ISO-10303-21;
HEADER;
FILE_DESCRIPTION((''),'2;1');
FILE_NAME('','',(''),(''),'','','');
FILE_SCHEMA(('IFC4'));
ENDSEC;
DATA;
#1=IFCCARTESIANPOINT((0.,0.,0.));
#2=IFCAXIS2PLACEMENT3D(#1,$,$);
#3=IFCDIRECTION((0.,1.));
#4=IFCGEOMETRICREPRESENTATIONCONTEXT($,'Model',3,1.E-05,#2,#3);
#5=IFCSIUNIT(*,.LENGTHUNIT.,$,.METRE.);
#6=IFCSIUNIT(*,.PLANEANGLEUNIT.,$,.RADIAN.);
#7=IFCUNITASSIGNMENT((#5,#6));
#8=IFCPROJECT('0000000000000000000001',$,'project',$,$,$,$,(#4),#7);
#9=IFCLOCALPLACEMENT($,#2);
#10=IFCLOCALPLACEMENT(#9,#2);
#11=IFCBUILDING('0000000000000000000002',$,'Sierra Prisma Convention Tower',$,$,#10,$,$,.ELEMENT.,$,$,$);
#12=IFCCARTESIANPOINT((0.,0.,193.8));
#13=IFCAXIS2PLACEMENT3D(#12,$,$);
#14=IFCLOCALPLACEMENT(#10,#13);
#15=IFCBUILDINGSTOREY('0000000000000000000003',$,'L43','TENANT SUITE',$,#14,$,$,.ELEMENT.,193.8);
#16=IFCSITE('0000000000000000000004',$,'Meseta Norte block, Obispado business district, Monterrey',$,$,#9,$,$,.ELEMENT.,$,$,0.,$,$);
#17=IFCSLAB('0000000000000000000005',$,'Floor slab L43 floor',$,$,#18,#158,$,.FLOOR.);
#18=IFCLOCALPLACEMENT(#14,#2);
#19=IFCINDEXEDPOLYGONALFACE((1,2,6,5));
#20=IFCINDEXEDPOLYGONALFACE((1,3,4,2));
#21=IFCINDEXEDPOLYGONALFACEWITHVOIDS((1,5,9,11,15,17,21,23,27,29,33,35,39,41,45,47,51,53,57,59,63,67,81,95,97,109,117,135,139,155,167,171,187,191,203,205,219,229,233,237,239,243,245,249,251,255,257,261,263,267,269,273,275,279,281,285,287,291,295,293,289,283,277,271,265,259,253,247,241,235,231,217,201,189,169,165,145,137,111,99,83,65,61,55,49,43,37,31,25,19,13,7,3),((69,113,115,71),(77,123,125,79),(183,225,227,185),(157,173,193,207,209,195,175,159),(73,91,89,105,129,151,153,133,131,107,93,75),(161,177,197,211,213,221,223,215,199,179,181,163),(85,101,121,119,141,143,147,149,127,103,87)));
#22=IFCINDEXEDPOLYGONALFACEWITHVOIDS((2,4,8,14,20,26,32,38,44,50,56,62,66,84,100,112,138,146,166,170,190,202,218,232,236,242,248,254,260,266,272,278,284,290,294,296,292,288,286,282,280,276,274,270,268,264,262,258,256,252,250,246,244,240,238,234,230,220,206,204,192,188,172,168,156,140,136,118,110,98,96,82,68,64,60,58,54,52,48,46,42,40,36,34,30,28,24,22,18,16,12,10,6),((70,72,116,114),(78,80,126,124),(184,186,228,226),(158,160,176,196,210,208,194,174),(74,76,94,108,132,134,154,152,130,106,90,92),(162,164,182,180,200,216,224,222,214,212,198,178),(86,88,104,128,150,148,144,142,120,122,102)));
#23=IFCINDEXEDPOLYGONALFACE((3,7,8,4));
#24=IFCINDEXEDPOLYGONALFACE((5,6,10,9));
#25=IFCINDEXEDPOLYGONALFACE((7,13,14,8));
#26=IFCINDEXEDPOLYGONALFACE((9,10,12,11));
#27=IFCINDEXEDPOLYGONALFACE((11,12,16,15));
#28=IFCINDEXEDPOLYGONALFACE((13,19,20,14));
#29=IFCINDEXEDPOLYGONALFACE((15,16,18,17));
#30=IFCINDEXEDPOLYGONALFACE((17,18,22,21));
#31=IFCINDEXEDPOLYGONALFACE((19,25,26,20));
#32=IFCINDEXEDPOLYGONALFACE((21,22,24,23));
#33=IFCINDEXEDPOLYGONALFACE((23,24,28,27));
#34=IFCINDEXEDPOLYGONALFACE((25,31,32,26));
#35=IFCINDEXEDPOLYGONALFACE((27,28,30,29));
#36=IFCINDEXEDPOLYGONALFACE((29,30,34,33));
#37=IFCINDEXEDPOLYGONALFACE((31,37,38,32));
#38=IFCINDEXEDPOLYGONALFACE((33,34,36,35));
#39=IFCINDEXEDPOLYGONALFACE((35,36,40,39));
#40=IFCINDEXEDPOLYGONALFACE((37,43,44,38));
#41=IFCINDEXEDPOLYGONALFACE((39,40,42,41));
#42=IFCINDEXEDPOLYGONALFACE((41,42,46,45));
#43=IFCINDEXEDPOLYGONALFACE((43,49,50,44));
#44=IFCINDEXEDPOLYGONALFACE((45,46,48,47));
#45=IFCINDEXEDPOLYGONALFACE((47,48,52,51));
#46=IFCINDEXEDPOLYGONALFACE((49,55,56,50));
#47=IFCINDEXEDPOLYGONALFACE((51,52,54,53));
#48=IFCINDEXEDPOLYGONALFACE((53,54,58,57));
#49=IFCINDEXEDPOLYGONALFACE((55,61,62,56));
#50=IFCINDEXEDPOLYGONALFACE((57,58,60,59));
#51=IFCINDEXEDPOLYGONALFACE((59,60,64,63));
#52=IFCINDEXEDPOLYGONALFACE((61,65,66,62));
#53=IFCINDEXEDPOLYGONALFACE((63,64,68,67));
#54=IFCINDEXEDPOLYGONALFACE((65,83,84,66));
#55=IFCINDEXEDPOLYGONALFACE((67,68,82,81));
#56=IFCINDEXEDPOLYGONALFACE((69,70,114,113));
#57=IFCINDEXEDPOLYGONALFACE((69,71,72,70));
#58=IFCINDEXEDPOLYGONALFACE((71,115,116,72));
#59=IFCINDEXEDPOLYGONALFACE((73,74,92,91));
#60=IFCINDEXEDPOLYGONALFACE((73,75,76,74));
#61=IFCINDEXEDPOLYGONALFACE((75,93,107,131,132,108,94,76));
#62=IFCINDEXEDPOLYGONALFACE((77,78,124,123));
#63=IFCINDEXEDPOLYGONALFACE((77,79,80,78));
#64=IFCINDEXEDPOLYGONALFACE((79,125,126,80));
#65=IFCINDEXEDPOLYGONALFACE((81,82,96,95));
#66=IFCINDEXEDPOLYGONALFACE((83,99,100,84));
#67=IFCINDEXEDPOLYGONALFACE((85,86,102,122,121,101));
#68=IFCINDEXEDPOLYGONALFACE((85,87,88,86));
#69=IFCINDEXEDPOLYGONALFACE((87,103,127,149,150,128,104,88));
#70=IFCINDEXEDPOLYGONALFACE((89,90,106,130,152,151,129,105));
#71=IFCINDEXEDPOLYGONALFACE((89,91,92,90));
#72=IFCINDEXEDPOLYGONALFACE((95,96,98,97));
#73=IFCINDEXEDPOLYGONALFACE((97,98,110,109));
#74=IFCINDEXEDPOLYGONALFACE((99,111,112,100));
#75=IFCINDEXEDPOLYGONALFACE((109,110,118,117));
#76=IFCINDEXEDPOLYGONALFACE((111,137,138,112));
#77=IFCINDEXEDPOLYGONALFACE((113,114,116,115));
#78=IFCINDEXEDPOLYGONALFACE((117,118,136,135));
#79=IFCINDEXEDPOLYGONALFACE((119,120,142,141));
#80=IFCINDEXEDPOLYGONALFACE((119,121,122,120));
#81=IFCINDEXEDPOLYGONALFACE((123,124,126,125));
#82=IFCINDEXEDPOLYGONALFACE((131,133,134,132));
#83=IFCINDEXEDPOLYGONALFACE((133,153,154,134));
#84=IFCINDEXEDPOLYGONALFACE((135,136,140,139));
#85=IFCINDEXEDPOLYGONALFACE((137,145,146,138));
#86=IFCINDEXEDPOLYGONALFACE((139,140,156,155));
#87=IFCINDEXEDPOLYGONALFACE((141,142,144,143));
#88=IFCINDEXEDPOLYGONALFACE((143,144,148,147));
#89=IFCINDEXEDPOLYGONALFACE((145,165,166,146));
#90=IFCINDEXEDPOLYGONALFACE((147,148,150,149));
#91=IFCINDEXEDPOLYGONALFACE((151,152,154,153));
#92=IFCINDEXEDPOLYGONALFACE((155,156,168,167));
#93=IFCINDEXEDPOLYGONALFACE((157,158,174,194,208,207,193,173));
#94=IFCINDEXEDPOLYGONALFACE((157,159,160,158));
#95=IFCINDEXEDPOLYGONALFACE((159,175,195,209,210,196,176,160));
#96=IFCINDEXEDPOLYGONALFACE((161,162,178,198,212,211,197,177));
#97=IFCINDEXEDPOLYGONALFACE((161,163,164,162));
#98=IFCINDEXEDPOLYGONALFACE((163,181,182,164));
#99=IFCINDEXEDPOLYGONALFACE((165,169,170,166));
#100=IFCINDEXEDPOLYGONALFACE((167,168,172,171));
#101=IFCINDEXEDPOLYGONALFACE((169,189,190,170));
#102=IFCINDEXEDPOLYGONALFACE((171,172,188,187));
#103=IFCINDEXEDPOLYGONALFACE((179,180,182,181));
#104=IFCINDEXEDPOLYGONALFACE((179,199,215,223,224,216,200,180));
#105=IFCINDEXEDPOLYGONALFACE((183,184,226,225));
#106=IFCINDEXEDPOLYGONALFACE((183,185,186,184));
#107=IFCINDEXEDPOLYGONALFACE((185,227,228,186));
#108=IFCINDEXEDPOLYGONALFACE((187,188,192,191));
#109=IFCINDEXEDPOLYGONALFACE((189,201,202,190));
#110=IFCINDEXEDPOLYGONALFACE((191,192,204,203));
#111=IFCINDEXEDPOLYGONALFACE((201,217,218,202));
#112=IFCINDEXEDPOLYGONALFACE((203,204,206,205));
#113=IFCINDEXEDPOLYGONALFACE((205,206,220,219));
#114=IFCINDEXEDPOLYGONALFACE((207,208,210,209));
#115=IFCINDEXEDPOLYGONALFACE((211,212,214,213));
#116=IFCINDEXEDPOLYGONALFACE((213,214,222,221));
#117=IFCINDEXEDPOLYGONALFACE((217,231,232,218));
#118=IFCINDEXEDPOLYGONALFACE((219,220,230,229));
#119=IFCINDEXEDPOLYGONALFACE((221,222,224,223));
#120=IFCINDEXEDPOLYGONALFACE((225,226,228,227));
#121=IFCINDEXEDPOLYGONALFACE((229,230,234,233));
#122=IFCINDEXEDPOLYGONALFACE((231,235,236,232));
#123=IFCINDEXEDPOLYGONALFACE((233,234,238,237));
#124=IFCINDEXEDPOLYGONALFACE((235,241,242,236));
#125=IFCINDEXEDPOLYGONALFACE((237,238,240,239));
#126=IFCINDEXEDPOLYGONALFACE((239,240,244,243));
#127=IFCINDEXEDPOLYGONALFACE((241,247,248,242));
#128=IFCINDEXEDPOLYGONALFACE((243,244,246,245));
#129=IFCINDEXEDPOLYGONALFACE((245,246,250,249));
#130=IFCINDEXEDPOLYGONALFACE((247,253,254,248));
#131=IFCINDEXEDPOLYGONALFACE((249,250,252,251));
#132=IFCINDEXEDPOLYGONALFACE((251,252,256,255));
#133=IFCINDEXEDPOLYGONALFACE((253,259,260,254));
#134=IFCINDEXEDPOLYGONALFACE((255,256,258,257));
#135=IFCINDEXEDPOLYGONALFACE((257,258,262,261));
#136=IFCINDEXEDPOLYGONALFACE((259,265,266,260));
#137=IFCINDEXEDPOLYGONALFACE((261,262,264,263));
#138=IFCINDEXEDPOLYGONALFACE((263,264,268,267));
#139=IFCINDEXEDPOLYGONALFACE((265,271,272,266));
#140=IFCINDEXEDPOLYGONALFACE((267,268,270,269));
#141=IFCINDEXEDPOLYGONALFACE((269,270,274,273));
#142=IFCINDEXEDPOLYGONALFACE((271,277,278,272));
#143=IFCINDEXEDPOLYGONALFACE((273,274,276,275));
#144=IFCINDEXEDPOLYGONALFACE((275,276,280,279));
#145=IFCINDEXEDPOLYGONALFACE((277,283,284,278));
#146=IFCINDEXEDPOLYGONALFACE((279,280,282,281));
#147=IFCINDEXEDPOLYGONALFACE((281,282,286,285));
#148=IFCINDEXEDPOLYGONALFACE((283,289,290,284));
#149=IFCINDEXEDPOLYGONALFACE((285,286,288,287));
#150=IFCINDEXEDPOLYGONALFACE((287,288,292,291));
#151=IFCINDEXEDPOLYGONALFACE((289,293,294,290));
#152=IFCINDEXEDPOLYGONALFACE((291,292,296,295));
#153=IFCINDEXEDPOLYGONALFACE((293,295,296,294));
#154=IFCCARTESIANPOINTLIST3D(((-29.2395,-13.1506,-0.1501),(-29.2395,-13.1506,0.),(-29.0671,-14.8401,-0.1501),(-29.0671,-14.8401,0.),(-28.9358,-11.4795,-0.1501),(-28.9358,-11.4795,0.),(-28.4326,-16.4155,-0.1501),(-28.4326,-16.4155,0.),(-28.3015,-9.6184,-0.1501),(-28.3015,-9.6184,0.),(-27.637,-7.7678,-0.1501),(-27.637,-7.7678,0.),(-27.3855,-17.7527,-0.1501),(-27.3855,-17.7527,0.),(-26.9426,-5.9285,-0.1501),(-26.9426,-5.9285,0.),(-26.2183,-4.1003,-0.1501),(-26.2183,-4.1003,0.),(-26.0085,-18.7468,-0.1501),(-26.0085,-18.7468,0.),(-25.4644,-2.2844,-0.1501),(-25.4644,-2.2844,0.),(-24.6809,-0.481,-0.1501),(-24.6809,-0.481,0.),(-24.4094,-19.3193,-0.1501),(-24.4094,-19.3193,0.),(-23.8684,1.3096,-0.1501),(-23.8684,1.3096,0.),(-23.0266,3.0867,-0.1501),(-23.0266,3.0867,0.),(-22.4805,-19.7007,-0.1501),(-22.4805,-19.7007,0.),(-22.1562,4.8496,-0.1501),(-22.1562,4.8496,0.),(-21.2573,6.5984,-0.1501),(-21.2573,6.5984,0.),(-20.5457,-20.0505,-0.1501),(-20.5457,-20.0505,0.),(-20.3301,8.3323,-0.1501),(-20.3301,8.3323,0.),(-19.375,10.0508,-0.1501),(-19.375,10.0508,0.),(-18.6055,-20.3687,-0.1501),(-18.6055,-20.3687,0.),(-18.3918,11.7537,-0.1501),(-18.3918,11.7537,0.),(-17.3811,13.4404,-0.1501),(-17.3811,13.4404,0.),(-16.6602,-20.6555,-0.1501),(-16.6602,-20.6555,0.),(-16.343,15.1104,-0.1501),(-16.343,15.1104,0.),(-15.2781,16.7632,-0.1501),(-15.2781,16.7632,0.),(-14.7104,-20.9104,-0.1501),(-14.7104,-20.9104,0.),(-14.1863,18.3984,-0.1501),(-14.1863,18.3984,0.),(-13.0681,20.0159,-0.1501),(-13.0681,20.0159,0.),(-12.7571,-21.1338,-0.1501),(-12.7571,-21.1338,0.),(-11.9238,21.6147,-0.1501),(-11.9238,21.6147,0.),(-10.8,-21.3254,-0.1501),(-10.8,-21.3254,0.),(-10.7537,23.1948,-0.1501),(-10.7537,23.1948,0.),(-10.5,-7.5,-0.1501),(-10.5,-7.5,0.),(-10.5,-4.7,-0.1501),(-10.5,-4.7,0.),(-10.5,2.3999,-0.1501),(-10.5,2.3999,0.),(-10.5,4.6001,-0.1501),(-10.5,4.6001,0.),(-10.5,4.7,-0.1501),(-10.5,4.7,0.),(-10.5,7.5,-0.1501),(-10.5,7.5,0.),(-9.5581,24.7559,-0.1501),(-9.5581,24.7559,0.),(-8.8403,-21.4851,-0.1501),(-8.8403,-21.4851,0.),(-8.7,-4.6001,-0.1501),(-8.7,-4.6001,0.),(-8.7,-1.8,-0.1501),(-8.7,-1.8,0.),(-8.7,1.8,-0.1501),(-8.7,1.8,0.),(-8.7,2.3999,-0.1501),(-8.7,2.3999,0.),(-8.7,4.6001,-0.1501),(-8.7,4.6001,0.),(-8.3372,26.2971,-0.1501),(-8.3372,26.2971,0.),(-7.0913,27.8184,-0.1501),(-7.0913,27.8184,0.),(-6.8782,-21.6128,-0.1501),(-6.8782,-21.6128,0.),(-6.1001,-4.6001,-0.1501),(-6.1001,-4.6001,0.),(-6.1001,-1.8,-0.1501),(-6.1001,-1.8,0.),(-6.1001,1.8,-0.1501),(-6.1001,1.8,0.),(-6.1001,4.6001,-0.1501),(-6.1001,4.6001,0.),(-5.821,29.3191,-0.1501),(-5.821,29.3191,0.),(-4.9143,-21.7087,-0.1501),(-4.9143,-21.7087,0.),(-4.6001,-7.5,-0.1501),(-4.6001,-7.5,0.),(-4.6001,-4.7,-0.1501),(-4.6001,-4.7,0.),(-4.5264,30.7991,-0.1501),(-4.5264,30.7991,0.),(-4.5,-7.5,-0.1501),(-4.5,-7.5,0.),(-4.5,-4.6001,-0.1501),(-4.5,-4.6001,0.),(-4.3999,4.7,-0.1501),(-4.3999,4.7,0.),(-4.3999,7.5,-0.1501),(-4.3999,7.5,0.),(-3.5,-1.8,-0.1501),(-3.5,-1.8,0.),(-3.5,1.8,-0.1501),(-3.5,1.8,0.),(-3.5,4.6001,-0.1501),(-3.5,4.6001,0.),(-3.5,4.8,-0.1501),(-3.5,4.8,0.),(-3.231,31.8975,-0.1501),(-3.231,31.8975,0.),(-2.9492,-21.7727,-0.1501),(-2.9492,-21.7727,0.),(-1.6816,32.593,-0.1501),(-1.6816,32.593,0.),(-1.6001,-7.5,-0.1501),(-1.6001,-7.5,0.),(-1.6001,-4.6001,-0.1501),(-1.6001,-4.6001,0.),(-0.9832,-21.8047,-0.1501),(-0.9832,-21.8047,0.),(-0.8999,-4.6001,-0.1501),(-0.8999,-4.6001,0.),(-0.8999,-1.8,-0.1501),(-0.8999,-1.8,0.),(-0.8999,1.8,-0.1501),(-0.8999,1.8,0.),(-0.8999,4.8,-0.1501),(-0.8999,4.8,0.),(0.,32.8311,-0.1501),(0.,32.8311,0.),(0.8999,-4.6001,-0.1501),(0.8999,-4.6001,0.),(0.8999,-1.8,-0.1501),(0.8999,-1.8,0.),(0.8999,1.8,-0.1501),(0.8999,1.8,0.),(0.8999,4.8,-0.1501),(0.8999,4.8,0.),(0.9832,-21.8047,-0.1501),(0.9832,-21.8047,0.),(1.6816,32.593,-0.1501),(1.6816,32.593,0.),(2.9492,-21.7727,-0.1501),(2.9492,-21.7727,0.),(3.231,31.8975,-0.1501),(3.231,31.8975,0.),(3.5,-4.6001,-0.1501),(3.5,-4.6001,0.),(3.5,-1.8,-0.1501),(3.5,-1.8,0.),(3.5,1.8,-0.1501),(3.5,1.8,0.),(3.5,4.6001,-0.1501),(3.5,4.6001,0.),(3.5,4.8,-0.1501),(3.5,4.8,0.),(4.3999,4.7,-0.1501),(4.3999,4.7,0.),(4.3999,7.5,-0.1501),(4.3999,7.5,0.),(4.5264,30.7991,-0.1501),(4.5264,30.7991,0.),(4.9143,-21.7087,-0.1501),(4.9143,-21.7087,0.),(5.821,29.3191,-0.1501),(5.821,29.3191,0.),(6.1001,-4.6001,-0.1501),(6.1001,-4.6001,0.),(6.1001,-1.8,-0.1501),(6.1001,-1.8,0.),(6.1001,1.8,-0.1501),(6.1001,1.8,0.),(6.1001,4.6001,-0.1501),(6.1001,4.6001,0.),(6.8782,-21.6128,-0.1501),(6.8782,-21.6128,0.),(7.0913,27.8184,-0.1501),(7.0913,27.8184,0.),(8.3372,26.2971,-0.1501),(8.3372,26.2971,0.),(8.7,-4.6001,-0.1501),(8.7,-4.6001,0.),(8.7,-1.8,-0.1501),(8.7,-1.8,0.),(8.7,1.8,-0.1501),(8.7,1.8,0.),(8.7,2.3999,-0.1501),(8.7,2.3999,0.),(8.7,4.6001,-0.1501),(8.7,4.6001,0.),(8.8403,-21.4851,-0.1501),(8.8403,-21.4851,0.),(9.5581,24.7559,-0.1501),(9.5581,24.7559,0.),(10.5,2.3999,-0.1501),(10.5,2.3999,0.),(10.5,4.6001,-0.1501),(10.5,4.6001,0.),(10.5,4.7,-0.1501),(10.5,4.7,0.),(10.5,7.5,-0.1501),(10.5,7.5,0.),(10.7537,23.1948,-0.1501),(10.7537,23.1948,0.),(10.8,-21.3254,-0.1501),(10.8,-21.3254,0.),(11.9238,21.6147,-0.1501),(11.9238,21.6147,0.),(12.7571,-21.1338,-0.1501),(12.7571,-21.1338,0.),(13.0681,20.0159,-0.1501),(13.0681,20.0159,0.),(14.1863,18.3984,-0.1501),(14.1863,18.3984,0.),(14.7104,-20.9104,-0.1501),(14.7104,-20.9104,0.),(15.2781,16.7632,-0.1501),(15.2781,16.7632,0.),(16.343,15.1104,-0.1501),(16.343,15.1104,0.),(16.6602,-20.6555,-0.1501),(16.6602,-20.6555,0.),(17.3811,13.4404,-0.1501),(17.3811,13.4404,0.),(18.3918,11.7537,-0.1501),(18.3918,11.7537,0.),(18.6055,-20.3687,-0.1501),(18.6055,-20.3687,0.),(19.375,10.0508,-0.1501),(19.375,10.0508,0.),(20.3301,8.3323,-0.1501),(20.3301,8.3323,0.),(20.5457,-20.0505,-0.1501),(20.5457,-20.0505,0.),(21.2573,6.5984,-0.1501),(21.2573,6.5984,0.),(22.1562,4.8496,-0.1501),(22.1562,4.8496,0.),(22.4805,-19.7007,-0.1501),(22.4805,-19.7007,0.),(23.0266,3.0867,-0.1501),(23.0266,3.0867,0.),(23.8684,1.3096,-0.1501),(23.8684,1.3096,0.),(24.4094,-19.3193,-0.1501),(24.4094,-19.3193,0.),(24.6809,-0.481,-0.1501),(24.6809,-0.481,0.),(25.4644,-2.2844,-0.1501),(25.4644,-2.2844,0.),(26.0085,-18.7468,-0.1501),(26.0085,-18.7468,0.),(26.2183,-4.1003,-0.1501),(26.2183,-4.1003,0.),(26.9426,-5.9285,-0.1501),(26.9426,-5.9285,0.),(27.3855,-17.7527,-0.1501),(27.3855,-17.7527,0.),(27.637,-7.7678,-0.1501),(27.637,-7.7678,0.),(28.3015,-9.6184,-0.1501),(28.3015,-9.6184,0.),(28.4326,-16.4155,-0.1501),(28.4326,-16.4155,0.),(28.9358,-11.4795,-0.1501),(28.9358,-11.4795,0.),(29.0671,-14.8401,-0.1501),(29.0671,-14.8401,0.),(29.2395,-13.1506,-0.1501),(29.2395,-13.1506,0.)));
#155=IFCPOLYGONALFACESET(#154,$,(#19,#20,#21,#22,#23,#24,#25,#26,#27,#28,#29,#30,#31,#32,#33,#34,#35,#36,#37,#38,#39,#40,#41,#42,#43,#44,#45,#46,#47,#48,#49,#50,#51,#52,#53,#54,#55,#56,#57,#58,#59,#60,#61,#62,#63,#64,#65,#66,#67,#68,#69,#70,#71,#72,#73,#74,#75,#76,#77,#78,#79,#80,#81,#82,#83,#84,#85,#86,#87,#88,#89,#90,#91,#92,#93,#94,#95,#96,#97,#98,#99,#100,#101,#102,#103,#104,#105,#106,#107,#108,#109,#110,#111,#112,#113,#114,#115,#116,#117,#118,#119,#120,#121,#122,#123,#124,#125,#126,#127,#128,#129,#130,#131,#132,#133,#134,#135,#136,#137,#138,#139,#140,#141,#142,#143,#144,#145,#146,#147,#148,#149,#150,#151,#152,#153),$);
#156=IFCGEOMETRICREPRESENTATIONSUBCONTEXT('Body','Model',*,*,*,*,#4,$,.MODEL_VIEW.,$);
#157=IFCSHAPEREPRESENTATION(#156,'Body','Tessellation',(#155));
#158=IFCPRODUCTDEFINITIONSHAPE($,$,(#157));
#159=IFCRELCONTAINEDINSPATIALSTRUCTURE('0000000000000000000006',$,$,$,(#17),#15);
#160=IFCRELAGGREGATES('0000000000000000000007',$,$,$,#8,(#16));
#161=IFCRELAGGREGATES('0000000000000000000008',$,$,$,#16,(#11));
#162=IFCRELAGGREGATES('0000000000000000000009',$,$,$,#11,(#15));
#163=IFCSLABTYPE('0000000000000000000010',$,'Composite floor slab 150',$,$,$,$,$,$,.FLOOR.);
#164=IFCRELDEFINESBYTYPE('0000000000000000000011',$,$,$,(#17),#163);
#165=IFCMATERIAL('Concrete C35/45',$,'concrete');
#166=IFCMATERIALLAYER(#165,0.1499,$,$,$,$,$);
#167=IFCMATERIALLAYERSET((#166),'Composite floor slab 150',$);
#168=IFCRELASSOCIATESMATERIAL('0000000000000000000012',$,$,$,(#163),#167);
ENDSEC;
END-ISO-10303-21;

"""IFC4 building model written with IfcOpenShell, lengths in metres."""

from ifc_helpers import new_model, si_unit, direction, frame, origin, place, context, subcontext, project, spatial, polyline, outline, extrude, material, layer, layer_set, type_object, element, save


model = new_model("IFC4")

# Units and contexts
model_context = context("Model", 3, precision=1e-05, world=origin(), true_north=direction((0.0, 1.0)))
body_context = subcontext(model_context, "Body", "Model", "MODEL_VIEW")
ifc_project = project(units=[si_unit("LENGTHUNIT", "METRE"), si_unit("PLANEANGLEUNIT", "RADIAN")], contexts=[model_context])

# Site, building, storey
site_placement = place(None, origin())
site = spatial("IfcSite", under=ifc_project, at=site_placement, Name="Meseta Norte block, Obispado business district, Monterrey", CompositionType="ELEMENT", RefElevation=0.0)
building_placement = place(site_placement, origin())
building = spatial("IfcBuilding", under=site, at=building_placement, Name="Sierra Prisma Convention Tower", CompositionType="ELEMENT")
storey_placement = place(building_placement, frame((0.0, 0.0, 193.8)))
storey = spatial("IfcBuildingStorey", under=building, at=storey_placement, Name="L43", Description="TENANT SUITE", CompositionType="ELEMENT", Elevation=193.8)

# Slab
ifc_material_1 = material(Name="Concrete C35/45", Category="concrete")
ifc_layer_1 = layer(ifc_material_1, 0.1499)
ifc_layer_set_1 = layer_set([ifc_layer_1], Name="Composite floor slab 150")
slab_type = type_object("IfcSlabType", Name="Composite floor slab 150", PredefinedType="FLOOR", material=ifc_layer_set_1)
slab_placement = place(storey_placement, frame((0.0, 0.0, -0.1501)))
element("IfcSlab", 1, at=slab_placement, inside=storey, type_object=slab_type, Name="Floor slab L43 floor", PredefinedType="FLOOR", context=body_context, shape_type="SweptSolid", body=[
    extrude(outline(polyline([(-24.4094, -19.3193), (-22.4805, -19.7007), (-20.5457, -20.0505), (-18.6055, -20.3687), (-16.6602, -20.6555), (-14.7104, -20.9104), (-12.7571, -21.1338), (-10.8, -21.3254), (-8.8403, -21.4851), (-6.8782, -21.6128), (-4.9143, -21.7087), (-2.9492, -21.7727), (-0.9832, -21.8047), (0.9832, -21.8047), (2.9492, -21.7727), (4.9143, -21.7087), (6.8782, -21.6128), (8.8403, -21.4851), (10.8, -21.3254), (12.7571, -21.1338), (14.7104, -20.9104), (16.6602, -20.6555), (18.6055, -20.3687), (20.5457, -20.0505), (22.4805, -19.7007), (24.4094, -19.3193), (26.0085, -18.7468), (27.3855, -17.7527), (28.4326, -16.4155), (29.0671, -14.8401), (29.2395, -13.1506), (28.9358, -11.4795), (28.3015, -9.6184), (27.637, -7.7678), (26.9426, -5.9285), (26.2183, -4.1003), (25.4644, -2.2844), (24.6809, -0.481), (23.8684, 1.3096), (23.0266, 3.0867), (22.1562, 4.8496), (21.2573, 6.5984), (20.3301, 8.3323), (19.375, 10.0508), (18.3918, 11.7537), (17.3811, 13.4404), (16.343, 15.1104), (15.2781, 16.7632), (14.1863, 18.3984), (13.0681, 20.0159), (11.9238, 21.6147), (10.7537, 23.1948), (9.5581, 24.7559), (8.3372, 26.2971), (7.0913, 27.8184), (5.821, 29.3191), (4.5264, 30.7991), (3.231, 31.8975), (1.6816, 32.593), (0.0, 32.8311), (-1.6816, 32.593), (-3.231, 31.8975), (-4.5264, 30.7991), (-5.821, 29.3191), (-7.0913, 27.8184), (-8.3372, 26.2971), (-9.5581, 24.7559), (-10.7537, 23.1948), (-11.9238, 21.6147), (-13.0681, 20.0159), (-14.1863, 18.3984), (-15.2781, 16.7632), (-16.343, 15.1104), (-17.3811, 13.4404), (-18.3918, 11.7537), (-19.375, 10.0508), (-20.3301, 8.3323), (-21.2573, 6.5984), (-22.1562, 4.8496), (-23.0266, 3.0867), (-23.8684, 1.3096), (-24.6809, -0.481), (-25.4644, -2.2844), (-26.2183, -4.1003), (-26.9426, -5.9285), (-27.637, -7.7678), (-28.3015, -9.6184), (-28.9358, -11.4795), (-29.2395, -13.1506), (-29.0671, -14.8401), (-28.4326, -16.4155), (-27.3855, -17.7527), (-26.0085, -18.7468), (-24.4094, -19.3193)]), holes=[polyline([(-4.6001, -7.5), (-10.5, -7.5), (-10.5, -4.7), (-4.6001, -4.7), (-4.6001, -7.5)]), polyline([(-8.7, -4.6001), (-8.7, -1.8), (-6.1001, -1.8), (-3.5, -1.8), (-0.8999, -1.8), (-0.8999, -4.6001), (-1.6001, -4.6001), (-1.6001, -7.5), (-4.5, -7.5), (-4.5, -4.6001), (-6.1001, -4.6001), (-8.7, -4.6001)]), polyline([(-10.5, 4.6001), (-8.7, 4.6001), (-6.1001, 4.6001), (-3.5, 4.6001), (-3.5, 4.8), (-0.8999, 4.8), (-0.8999, 1.8), (-3.5, 1.8), (-6.1001, 1.8), (-8.7, 1.8), (-8.7, 2.3999), (-10.5, 2.3999), (-10.5, 4.6001)]), polyline([(-10.5, 4.7), (-10.5, 7.5), (-4.3999, 7.5), (-4.3999, 4.7), (-10.5, 4.7)]), polyline([(6.1001, -1.8), (8.7, -1.8), (8.7, -4.6001), (6.1001, -4.6001), (3.5, -4.6001), (0.8999, -4.6001), (0.8999, -1.8), (3.5, -1.8), (6.1001, -1.8)]), polyline([(8.7, 4.6001), (10.5, 4.6001), (10.5, 2.3999), (8.7, 2.3999), (8.7, 1.8), (6.1001, 1.8), (3.5, 1.8), (0.8999, 1.8), (0.8999, 4.8), (3.5, 4.8), (3.5, 4.6001), (6.1001, 4.6001), (8.7, 4.6001)]), polyline([(4.3999, 4.7), (4.3999, 7.5), (10.5, 7.5), (10.5, 4.7), (4.3999, 4.7)])]), origin(), (0.0, 0.0, 1.0), 0.1501),
])

save(model, "model.ifc")
